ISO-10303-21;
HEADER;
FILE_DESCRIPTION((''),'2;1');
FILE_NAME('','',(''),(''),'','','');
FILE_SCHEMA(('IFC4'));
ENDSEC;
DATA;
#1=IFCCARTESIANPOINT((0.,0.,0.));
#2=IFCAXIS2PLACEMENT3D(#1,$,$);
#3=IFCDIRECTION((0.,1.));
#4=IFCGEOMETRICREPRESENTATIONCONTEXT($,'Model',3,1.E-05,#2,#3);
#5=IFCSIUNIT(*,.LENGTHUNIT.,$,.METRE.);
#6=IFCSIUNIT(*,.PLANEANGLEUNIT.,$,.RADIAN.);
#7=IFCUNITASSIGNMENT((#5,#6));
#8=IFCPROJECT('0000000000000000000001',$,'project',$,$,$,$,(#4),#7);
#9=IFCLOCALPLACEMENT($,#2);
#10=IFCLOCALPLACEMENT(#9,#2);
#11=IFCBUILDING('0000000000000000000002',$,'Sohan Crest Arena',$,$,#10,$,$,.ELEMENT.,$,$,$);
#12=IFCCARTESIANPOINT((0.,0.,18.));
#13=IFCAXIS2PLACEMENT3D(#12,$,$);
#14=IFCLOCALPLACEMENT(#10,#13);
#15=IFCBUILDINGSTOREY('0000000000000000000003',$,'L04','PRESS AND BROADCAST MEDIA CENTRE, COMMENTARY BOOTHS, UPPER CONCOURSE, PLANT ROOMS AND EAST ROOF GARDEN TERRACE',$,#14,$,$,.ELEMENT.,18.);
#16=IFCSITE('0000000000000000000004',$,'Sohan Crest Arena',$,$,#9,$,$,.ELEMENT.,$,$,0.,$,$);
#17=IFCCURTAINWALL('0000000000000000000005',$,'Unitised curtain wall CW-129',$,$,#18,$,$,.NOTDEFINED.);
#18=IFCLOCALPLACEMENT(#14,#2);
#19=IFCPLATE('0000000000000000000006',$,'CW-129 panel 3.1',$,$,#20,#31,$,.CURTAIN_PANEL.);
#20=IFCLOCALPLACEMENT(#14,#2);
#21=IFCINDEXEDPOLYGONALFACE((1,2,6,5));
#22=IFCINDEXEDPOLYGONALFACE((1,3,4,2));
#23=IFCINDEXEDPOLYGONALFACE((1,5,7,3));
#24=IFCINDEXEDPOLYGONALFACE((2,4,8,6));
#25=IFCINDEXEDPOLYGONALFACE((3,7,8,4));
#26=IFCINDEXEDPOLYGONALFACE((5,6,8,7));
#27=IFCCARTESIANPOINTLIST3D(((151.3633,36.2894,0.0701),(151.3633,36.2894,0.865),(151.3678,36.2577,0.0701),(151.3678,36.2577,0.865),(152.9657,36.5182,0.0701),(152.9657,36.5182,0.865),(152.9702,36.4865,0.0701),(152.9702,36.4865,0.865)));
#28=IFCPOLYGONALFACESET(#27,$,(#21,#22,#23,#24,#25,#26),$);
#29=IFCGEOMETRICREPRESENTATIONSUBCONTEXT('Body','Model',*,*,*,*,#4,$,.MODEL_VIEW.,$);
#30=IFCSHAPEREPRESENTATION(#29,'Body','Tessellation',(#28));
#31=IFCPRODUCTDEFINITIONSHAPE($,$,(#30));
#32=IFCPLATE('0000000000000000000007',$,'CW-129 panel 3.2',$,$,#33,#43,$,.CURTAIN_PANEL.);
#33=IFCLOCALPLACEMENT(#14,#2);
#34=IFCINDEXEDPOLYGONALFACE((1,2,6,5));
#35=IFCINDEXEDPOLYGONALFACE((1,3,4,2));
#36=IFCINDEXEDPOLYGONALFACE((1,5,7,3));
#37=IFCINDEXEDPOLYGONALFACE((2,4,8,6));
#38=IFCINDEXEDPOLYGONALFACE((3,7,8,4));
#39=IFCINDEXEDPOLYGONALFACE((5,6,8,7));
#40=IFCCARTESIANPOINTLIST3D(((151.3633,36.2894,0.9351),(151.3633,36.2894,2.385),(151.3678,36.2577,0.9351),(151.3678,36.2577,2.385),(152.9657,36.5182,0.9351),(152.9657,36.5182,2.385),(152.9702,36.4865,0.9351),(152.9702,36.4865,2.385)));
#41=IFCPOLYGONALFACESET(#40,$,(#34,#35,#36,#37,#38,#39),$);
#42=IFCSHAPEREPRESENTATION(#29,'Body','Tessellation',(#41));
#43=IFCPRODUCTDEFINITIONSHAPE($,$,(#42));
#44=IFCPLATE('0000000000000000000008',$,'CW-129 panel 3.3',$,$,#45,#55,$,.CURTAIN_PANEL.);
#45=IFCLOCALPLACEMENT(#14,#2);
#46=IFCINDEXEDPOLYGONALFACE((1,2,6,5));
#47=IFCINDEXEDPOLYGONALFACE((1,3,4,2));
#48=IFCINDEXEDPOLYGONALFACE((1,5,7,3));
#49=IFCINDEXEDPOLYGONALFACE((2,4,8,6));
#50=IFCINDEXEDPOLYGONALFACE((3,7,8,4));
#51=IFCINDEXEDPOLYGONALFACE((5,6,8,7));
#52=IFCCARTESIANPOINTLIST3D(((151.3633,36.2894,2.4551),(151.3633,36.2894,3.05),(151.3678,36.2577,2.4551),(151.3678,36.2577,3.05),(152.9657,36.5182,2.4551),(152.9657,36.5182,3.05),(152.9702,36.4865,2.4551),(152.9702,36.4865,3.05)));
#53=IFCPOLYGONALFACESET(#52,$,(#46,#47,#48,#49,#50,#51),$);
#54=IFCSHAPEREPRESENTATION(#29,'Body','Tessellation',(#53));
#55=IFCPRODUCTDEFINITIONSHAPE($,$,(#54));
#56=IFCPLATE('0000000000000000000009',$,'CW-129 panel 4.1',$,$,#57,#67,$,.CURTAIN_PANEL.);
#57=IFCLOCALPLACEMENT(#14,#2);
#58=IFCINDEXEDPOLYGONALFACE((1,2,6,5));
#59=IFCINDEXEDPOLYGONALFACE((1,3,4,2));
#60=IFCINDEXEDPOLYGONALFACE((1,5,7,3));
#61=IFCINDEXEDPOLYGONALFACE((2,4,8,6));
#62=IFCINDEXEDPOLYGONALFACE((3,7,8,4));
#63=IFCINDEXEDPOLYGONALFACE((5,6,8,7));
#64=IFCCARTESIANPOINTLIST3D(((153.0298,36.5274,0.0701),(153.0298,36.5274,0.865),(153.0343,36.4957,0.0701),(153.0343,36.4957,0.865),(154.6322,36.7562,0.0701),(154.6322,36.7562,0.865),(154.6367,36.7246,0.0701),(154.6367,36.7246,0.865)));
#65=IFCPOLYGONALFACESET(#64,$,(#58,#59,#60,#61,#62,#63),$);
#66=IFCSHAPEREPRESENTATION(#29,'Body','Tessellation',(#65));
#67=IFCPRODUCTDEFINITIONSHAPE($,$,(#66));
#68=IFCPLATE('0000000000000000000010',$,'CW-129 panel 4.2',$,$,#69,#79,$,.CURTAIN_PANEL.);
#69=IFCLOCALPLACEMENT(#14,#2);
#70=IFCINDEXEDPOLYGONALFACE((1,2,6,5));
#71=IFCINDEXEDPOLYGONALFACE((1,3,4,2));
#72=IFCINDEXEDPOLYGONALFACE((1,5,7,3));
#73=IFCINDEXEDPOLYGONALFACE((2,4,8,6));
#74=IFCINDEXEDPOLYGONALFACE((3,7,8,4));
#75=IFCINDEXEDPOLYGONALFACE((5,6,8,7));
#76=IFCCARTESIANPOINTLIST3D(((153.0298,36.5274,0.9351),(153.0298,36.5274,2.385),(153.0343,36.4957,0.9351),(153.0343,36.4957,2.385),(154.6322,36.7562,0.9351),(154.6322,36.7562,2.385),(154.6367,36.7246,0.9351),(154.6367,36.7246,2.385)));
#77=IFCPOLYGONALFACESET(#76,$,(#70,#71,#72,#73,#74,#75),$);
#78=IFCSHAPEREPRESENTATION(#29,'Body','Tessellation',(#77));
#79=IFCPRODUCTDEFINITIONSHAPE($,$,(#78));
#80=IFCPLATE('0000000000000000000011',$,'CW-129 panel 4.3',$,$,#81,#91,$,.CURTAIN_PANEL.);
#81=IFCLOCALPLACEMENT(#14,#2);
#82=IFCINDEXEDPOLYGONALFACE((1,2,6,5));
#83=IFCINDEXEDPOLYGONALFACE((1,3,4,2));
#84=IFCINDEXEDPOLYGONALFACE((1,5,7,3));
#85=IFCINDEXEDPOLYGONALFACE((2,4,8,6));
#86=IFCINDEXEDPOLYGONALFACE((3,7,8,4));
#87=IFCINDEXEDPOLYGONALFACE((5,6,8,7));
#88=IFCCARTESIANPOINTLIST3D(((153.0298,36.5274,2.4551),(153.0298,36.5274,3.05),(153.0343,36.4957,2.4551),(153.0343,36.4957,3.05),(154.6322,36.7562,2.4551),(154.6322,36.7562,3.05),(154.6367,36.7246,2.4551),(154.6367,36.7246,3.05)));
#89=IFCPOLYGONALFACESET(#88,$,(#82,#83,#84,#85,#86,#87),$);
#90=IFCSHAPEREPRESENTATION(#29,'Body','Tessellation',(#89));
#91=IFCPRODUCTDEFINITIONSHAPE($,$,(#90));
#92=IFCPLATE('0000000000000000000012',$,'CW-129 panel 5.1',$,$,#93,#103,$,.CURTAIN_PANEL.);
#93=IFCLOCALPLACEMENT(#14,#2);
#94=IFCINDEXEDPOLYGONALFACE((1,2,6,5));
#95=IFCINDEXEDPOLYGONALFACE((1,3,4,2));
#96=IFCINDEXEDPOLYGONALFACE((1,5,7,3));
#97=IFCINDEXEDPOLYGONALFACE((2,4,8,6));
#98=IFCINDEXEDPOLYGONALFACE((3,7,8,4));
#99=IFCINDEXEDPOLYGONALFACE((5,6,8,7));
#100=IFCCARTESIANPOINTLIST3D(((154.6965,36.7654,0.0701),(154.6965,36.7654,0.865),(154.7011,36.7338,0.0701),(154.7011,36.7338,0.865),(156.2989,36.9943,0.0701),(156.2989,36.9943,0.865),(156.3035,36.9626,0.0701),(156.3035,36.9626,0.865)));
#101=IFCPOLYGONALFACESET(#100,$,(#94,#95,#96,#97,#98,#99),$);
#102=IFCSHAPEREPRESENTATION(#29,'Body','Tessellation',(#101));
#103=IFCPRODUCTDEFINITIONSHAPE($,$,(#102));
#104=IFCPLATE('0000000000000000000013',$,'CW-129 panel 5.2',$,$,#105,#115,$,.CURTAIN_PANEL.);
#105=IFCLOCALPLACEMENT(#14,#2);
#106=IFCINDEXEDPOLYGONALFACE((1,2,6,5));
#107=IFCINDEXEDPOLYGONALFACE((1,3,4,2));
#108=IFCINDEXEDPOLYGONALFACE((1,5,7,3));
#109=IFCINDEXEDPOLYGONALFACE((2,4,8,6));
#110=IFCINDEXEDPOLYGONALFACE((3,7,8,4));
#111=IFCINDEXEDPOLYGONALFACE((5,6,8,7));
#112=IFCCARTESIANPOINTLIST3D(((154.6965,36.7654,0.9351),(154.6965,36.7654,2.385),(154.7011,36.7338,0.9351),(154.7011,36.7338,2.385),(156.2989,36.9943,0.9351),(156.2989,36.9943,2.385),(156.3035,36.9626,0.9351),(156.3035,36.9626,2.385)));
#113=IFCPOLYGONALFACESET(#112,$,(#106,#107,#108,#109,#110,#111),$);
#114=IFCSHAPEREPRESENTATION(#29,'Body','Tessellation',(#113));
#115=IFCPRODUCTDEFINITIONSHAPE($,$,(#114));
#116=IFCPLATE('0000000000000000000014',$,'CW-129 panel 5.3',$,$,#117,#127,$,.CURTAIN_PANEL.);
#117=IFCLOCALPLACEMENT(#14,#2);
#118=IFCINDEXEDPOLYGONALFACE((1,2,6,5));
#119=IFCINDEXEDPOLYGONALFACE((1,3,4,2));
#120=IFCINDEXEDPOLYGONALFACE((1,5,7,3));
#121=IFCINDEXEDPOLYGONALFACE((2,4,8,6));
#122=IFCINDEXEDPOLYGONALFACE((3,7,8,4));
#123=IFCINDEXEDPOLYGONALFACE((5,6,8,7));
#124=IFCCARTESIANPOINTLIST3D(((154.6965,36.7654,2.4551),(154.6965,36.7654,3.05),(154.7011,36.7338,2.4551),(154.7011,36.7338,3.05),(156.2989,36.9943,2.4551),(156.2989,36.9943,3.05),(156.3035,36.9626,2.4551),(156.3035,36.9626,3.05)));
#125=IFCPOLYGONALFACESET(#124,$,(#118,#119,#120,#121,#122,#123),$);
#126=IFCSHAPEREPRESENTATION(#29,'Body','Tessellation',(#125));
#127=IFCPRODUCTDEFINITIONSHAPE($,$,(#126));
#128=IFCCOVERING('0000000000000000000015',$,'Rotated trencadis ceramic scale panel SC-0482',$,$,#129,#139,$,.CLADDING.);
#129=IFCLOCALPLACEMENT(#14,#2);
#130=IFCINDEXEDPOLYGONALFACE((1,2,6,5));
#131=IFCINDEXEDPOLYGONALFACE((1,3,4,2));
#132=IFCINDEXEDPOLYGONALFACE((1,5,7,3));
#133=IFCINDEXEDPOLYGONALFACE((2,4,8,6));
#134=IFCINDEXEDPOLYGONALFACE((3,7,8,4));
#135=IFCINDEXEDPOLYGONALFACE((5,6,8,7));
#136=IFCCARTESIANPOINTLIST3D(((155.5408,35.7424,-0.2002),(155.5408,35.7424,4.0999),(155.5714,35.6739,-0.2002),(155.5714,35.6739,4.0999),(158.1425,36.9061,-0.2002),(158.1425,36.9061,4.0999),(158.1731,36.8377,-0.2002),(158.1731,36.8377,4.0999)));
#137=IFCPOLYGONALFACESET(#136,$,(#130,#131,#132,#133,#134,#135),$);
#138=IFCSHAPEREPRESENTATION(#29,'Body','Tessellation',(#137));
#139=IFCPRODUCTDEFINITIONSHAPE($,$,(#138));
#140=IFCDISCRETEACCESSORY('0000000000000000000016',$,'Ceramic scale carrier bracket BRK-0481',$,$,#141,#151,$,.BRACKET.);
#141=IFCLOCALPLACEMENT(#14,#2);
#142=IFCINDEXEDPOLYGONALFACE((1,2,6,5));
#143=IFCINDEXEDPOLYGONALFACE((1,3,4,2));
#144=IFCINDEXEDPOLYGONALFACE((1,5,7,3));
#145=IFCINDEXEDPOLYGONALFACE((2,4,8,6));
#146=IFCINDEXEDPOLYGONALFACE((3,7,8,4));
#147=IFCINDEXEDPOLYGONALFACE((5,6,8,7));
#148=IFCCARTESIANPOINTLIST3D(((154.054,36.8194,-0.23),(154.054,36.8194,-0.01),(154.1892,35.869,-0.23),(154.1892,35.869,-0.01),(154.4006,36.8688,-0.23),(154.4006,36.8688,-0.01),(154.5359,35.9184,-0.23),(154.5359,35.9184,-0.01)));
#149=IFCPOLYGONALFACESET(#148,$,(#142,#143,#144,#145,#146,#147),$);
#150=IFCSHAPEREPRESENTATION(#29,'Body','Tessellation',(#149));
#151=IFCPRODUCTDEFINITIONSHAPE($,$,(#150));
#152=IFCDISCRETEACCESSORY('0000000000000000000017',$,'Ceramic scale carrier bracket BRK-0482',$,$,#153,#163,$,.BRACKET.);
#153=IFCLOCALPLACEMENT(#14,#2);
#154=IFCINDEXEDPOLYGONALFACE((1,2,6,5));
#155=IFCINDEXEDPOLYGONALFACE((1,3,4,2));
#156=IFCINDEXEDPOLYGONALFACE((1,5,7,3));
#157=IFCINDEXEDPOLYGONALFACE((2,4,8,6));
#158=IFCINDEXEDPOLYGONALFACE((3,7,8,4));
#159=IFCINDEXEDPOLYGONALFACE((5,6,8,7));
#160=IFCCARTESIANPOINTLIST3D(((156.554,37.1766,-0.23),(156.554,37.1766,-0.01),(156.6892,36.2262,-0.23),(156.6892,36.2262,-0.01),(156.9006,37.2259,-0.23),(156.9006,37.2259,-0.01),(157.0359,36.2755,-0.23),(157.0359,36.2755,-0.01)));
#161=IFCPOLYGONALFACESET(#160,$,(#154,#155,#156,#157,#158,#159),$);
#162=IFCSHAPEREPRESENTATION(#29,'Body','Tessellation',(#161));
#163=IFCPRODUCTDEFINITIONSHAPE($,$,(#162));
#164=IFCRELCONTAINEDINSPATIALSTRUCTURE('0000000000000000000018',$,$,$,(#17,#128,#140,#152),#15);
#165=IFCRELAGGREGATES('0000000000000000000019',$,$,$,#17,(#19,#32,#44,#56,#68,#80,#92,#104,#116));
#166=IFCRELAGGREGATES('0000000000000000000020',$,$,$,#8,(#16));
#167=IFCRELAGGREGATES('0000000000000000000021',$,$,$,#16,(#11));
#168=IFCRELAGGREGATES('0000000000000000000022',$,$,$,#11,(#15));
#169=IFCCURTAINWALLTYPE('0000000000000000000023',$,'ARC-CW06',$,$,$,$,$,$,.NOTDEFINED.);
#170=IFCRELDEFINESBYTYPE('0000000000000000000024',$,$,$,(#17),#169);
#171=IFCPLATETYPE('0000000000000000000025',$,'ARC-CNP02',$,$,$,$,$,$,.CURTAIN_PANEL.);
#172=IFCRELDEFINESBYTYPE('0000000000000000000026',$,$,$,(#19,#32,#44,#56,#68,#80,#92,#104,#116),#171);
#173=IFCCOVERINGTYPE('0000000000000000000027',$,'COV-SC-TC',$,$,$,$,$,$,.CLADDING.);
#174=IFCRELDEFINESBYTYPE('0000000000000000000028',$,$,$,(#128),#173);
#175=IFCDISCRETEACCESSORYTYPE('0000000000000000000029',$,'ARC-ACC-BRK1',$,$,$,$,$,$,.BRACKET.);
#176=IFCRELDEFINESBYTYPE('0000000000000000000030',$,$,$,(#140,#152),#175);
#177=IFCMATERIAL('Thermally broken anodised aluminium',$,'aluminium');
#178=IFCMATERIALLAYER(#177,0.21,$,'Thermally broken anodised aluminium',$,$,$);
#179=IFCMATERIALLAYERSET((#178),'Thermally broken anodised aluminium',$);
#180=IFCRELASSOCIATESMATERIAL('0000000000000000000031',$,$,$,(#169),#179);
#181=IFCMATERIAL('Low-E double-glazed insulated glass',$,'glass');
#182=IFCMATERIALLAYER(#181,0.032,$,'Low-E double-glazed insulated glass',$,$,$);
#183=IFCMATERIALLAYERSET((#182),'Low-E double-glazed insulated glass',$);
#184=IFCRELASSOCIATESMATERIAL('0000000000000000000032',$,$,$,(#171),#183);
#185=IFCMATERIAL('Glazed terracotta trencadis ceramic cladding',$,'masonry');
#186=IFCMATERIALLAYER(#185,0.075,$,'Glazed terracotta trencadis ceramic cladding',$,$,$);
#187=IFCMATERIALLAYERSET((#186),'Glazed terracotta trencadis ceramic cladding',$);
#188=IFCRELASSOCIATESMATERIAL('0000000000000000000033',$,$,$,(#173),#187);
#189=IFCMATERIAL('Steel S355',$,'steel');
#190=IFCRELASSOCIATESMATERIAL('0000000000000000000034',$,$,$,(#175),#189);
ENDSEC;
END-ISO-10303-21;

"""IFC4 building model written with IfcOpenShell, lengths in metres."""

from ifc_helpers import new_model, si_unit, direction, frame, origin, origin_2d, place, context, subcontext, project, spatial, rectangle, extrude, material, layer, layer_set, type_object, element, aggregate, save


model = new_model("IFC4")

# Units and contexts
model_context = context("Model", 3, precision=1e-05, world=origin(), true_north=direction((0.0, 1.0)))
body_context = subcontext(model_context, "Body", "Model", "MODEL_VIEW")
ifc_project = project(units=[si_unit("LENGTHUNIT", "METRE"), si_unit("PLANEANGLEUNIT", "RADIAN")], contexts=[model_context])

# Site, building, storey
site_placement = place(None, origin())
site = spatial("IfcSite", under=ifc_project, at=site_placement, Name="Sohan Crest Arena", CompositionType="ELEMENT", RefElevation=0.0)
building_placement = place(site_placement, origin())
building = spatial("IfcBuilding", under=site, at=building_placement, Name="Sohan Crest Arena", CompositionType="ELEMENT")
storey_placement = place(building_placement, frame((0.0, 0.0, 18.0)))
storey = spatial("IfcBuildingStorey", under=building, at=storey_placement, Name="L04", Description="PRESS AND BROADCAST MEDIA CENTRE, COMMENTARY BOOTHS, UPPER CONCOURSE, PLANT ROOMS AND EAST ROOF GARDEN TERRACE", CompositionType="ELEMENT", Elevation=18.0)

# Curtain wall, plates
ifc_material_1 = material(Name="Thermally broken anodised aluminium", Category="aluminium")
ifc_layer_1 = layer(ifc_material_1, 0.21, Name="Thermally broken anodised aluminium")
ifc_layer_set_1 = layer_set([ifc_layer_1], Name="Thermally broken anodised aluminium")
curtain_wall_type = type_object("IfcCurtainWallType", Name="ARC-CW06", PredefinedType="NOTDEFINED", material=ifc_layer_set_1)
curtain_wall_placement = place(storey_placement, origin())
curtain_wall = element("IfcCurtainWall", 1, at=curtain_wall_placement, inside=storey, type_object=curtain_wall_type, Name="Unitised curtain wall CW-129", PredefinedType="NOTDEFINED")
ifc_material_2 = material(Name="Low-E double-glazed insulated glass", Category="glass")
ifc_layer_2 = layer(ifc_material_2, 0.032, Name="Low-E double-glazed insulated glass")
ifc_layer_set_2 = layer_set([ifc_layer_2], Name="Low-E double-glazed insulated glass")
plate_type = type_object("IfcPlateType", Name="ARC-CNP02", PredefinedType="CURTAIN_PANEL", material=ifc_layer_set_2)
plate_1_placement = place(storey_placement, frame((152.1667, 36.3879, 0.0701), z_axis=(0.0, 0.0, 1.0), x_axis=(0.989957, 0.141366, 0.0)))
plate_1 = element("IfcPlate", 2, at=plate_1_placement, type_object=plate_type, Name="CW-129 panel 3.1", PredefinedType="CURTAIN_PANEL", context=body_context, shape_type="SweptSolid", body=[
    extrude(rectangle(XDim=1.6187, YDim=0.032, at=origin_2d()), origin(), (0.0, 0.0, 1.0), 0.7949),
])
plate_2_placement = place(storey_placement, frame((152.1667, 36.3879, 0.9351), z_axis=(0.0, 0.0, 1.0), x_axis=(0.989957, 0.141366, 0.0)))
plate_2 = element("IfcPlate", 3, at=plate_2_placement, type_object=plate_type, Name="CW-129 panel 3.2", PredefinedType="CURTAIN_PANEL", context=body_context, shape_type="SweptSolid", body=[
    extrude(rectangle(XDim=1.6187, YDim=0.032, at=origin_2d()), origin(), (0.0, 0.0, 1.0), 1.45),
])
plate_3_placement = place(storey_placement, frame((152.1667, 36.3879, 2.4551), z_axis=(0.0, 0.0, 1.0), x_axis=(0.989957, 0.141366, 0.0)))
plate_3 = element("IfcPlate", 4, at=plate_3_placement, type_object=plate_type, Name="CW-129 panel 3.3", PredefinedType="CURTAIN_PANEL", context=body_context, shape_type="SweptSolid", body=[
    extrude(rectangle(XDim=1.6187, YDim=0.032, at=origin_2d()), origin(), (0.0, 0.0, 1.0), 0.595),
])
plate_4_placement = place(storey_placement, frame((153.8333, 36.626, 0.0701), z_axis=(0.0, 0.0, 1.0), x_axis=(0.989957, 0.141366, 0.0)))
plate_4 = element("IfcPlate", 5, at=plate_4_placement, type_object=plate_type, Name="CW-129 panel 4.1", PredefinedType="CURTAIN_PANEL", context=body_context, shape_type="SweptSolid", body=[
    extrude(rectangle(XDim=1.6187, YDim=0.032, at=origin_2d()), origin(), (0.0, 0.0, 1.0), 0.7949),
])
plate_5_placement = place(storey_placement, frame((153.8333, 36.626, 0.9351), z_axis=(0.0, 0.0, 1.0), x_axis=(0.989957, 0.141366, 0.0)))
plate_5 = element("IfcPlate", 6, at=plate_5_placement, type_object=plate_type, Name="CW-129 panel 4.2", PredefinedType="CURTAIN_PANEL", context=body_context, shape_type="SweptSolid", body=[
    extrude(rectangle(XDim=1.6187, YDim=0.032, at=origin_2d()), origin(), (0.0, 0.0, 1.0), 1.45),
])
plate_6_placement = place(storey_placement, frame((153.8333, 36.626, 2.4551), z_axis=(0.0, 0.0, 1.0), x_axis=(0.989957, 0.141366, 0.0)))
plate_6 = element("IfcPlate", 7, at=plate_6_placement, type_object=plate_type, Name="CW-129 panel 4.3", PredefinedType="CURTAIN_PANEL", context=body_context, shape_type="SweptSolid", body=[
    extrude(rectangle(XDim=1.6187, YDim=0.032, at=origin_2d()), origin(), (0.0, 0.0, 1.0), 0.595),
])
plate_7_placement = place(storey_placement, frame((155.5, 36.864, 0.0701), z_axis=(0.0, 0.0, 1.0), x_axis=(0.989957, 0.141366, 0.0)))
plate_7 = element("IfcPlate", 8, at=plate_7_placement, type_object=plate_type, Name="CW-129 panel 5.1", PredefinedType="CURTAIN_PANEL", context=body_context, shape_type="SweptSolid", body=[
    extrude(rectangle(XDim=1.6187, YDim=0.032, at=origin_2d()), origin(), (0.0, 0.0, 1.0), 0.7949),
])
plate_8_placement = place(storey_placement, frame((155.5, 36.864, 0.9351), z_axis=(0.0, 0.0, 1.0), x_axis=(0.989957, 0.141366, 0.0)))
plate_8 = element("IfcPlate", 9, at=plate_8_placement, type_object=plate_type, Name="CW-129 panel 5.2", PredefinedType="CURTAIN_PANEL", context=body_context, shape_type="SweptSolid", body=[
    extrude(rectangle(XDim=1.6187, YDim=0.032, at=origin_2d()), origin(), (0.0, 0.0, 1.0), 1.45),
])
plate_9_placement = place(storey_placement, frame((155.5, 36.864, 2.4551), z_axis=(0.0, 0.0, 1.0), x_axis=(0.989957, 0.141366, 0.0)))
plate_9 = element("IfcPlate", 10, at=plate_9_placement, type_object=plate_type, Name="CW-129 panel 5.3", PredefinedType="CURTAIN_PANEL", context=body_context, shape_type="SweptSolid", body=[
    extrude(rectangle(XDim=1.6187, YDim=0.032, at=origin_2d()), origin(), (0.0, 0.0, 1.0), 0.595),
])
aggregate(curtain_wall, [plate_1, plate_2, plate_3, plate_4, plate_5, plate_6, plate_7, plate_8, plate_9])

# Covering
ifc_material_3 = material(Name="Glazed terracotta trencadis ceramic cladding", Category="masonry")
ifc_layer_3 = layer(ifc_material_3, 0.075, Name="Glazed terracotta trencadis ceramic cladding")
ifc_layer_set_3 = layer_set([ifc_layer_3], Name="Glazed terracotta trencadis ceramic cladding")
covering_type = type_object("IfcCoveringType", Name="COV-SC-TC", PredefinedType="CLADDING", material=ifc_layer_set_3)
covering_placement = place(storey_placement, frame((156.8569, 36.29, -0.2002), z_axis=(0.0, 0.0, 1.0), x_axis=(0.912834, 0.40833, 0.0)))
element("IfcCovering", 11, at=covering_placement, inside=storey, type_object=covering_type, Name="Rotated trencadis ceramic scale panel SC-0482", PredefinedType="CLADDING", context=body_context, shape_type="SweptSolid", body=[
    extrude(rectangle(XDim=2.8501, YDim=0.075, at=origin_2d()), origin(), (0.0, 0.0, 1.0), 4.3),
])

# Discrete accessories
ifc_material_4 = material(Name="Steel S355", Category="steel")
discrete_accessory_type = type_object("IfcDiscreteAccessoryType", Name="ARC-ACC-BRK1", PredefinedType="BRACKET", material=ifc_material_4)
for number, where, z_axis, x_axis, name in (
    (12, (154.2949, 36.3689, -0.23), (0.0, 0.0, 1.0), (0.990024, 0.140901, 0.0), "Ceramic scale carrier bracket BRK-0481"),
    (13, (156.7949, 36.7261, -0.23), (0.0, 0.0, 1.0), (0.990024, 0.140901, 0.0), "Ceramic scale carrier bracket BRK-0482"),
):
    element("IfcDiscreteAccessory", number, at=place(storey_placement, frame(where, z_axis=z_axis, x_axis=x_axis)), inside=storey, type_object=discrete_accessory_type, Name=name, PredefinedType="BRACKET", context=body_context, shape_type="SweptSolid", body=[
        extrude(rectangle(XDim=0.3501, YDim=0.96, at=origin_2d()), origin(), (0.0, 0.0, 1.0), 0.22),
    ])

save(model, "model.ifc")
